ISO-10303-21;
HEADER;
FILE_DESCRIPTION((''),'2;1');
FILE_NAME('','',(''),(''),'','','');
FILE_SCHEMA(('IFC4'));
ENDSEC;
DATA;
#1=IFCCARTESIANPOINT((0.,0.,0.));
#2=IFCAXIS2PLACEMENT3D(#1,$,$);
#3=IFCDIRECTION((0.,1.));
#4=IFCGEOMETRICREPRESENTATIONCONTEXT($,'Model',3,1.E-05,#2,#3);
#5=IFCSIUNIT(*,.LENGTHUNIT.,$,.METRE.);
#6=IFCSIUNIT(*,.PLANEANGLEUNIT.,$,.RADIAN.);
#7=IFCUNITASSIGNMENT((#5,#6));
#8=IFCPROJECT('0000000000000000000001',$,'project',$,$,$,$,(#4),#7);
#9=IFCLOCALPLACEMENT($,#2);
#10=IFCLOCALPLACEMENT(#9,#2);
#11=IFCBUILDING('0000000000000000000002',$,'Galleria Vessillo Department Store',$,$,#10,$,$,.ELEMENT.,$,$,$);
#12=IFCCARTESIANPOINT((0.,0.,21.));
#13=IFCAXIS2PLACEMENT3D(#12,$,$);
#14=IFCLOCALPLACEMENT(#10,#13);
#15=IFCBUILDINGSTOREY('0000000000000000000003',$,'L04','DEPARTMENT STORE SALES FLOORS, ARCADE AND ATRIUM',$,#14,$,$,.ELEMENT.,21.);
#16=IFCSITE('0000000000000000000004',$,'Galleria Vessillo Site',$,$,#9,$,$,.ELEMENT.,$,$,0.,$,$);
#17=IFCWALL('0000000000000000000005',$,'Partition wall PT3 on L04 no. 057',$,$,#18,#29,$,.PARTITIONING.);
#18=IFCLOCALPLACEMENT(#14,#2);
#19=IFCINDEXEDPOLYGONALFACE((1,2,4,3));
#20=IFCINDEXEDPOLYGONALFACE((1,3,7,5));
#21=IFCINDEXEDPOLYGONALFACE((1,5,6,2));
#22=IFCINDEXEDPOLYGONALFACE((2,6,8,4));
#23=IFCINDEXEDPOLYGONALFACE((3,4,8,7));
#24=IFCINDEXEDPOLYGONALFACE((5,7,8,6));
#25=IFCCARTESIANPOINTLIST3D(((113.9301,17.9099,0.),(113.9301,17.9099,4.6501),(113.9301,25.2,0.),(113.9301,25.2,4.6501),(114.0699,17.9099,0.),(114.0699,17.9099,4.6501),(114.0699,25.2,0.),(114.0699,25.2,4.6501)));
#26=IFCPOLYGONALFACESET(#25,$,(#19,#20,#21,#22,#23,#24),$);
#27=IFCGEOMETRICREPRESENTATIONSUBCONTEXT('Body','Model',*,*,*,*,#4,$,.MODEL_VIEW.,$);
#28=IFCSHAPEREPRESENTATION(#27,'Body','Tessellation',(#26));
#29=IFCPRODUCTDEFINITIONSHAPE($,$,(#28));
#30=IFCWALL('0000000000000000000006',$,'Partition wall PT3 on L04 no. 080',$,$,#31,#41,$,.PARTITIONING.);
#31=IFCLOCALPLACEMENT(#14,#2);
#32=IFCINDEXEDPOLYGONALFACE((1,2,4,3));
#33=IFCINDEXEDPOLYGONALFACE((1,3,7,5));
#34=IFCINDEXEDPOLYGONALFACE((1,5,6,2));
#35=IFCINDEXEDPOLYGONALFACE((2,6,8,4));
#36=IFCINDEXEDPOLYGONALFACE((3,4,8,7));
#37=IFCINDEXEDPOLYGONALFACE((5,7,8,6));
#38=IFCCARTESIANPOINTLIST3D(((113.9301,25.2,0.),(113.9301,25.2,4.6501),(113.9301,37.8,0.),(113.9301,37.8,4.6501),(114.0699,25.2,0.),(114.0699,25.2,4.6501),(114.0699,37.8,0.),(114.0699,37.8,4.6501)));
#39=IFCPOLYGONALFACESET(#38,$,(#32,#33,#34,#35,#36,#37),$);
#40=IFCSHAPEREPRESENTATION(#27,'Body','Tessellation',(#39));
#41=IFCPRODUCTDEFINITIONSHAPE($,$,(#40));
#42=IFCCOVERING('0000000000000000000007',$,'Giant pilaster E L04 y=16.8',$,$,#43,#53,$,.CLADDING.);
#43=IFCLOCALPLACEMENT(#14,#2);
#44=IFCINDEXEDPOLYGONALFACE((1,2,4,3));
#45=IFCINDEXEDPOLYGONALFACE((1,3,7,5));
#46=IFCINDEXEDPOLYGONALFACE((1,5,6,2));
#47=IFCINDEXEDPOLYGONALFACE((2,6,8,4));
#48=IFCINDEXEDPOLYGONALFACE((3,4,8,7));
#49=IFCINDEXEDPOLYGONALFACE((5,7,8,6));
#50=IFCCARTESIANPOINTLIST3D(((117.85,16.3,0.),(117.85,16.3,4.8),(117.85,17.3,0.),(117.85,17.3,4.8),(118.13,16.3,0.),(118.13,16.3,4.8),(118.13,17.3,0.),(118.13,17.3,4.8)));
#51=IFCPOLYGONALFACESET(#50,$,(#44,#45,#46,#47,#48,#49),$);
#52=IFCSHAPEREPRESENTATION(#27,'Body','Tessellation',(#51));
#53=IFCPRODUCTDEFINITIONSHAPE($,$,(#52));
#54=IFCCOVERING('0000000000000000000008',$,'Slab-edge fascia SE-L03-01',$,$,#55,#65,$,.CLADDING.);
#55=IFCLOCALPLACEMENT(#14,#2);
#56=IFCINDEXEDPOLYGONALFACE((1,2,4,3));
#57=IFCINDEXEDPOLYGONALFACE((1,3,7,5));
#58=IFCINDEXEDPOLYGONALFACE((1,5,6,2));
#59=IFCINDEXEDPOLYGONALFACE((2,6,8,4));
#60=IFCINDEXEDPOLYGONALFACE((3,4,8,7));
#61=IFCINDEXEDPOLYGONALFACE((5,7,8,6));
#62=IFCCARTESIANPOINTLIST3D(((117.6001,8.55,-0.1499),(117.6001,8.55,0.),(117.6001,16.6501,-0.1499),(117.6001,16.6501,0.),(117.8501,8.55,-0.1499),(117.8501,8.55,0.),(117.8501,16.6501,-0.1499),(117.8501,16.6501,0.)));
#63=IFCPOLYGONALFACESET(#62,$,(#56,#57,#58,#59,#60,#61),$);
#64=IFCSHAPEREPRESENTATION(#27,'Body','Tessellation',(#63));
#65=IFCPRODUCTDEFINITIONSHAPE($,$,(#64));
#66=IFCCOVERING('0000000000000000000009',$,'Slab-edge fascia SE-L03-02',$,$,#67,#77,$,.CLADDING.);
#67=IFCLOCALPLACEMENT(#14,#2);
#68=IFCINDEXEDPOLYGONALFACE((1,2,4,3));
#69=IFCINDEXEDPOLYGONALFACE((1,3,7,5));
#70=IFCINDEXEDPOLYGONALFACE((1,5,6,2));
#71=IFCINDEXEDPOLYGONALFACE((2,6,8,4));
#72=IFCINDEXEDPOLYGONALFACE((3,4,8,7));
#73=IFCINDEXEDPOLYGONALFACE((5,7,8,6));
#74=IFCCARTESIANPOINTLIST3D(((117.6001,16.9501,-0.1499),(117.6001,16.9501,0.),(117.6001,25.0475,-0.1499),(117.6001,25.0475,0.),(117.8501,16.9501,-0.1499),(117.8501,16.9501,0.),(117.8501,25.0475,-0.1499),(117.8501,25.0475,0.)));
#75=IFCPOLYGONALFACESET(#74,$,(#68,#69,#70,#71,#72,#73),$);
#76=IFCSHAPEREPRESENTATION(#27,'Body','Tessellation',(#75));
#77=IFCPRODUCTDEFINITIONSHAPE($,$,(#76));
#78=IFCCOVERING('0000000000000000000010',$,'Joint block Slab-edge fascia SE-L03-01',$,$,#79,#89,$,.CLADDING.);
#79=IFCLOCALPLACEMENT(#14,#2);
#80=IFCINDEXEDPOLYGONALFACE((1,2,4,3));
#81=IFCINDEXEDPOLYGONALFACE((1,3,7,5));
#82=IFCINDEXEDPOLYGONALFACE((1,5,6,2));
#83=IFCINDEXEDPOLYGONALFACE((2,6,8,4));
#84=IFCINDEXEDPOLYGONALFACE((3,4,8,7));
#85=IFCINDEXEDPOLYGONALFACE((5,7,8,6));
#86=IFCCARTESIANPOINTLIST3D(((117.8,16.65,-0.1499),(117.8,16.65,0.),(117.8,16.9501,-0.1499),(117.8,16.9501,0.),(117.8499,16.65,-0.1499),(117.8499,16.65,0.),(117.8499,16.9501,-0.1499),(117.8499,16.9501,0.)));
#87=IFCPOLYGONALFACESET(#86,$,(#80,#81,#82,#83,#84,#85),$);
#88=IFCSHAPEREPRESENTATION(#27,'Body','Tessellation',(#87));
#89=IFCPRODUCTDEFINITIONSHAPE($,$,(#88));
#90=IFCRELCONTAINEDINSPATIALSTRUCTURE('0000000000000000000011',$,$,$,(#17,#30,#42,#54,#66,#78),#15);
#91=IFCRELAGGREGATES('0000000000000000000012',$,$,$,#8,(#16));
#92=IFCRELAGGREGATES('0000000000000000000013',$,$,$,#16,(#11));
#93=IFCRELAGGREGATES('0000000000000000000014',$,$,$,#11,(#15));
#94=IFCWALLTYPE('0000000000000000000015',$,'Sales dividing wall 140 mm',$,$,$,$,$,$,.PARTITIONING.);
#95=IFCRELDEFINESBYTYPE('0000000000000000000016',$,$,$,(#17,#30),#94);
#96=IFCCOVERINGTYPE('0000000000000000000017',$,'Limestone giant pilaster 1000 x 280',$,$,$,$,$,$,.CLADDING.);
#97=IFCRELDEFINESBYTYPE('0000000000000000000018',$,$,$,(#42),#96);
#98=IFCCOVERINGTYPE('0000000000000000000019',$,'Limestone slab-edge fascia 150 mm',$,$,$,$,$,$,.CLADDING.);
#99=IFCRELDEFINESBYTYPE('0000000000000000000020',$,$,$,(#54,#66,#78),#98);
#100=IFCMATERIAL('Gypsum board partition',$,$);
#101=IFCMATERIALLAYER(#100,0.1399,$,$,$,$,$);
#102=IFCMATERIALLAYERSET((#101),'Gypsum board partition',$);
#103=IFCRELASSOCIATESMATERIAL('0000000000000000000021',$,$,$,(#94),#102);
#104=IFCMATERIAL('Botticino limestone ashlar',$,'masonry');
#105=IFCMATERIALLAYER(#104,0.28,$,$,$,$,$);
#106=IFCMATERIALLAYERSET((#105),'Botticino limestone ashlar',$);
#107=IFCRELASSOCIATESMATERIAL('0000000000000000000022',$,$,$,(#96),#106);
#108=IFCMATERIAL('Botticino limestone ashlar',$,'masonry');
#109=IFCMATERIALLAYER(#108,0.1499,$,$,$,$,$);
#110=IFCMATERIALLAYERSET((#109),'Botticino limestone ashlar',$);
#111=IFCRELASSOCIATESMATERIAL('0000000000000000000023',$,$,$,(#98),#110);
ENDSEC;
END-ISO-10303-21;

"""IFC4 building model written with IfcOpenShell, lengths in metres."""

from ifc_helpers import new_model, si_unit, direction, frame, frame_2d, origin, origin_2d, place, context, subcontext, project, spatial, rectangle, extrude, material, layer, layer_set, type_object, element, save


model = new_model("IFC4")

# Units and contexts
model_context = context("Model", 3, precision=1e-05, world=origin(), true_north=direction((0.0, 1.0)))
body_context = subcontext(model_context, "Body", "Model", "MODEL_VIEW")
ifc_project = project(units=[si_unit("LENGTHUNIT", "METRE"), si_unit("PLANEANGLEUNIT", "RADIAN")], contexts=[model_context])

# Site, building, storey
site_placement = place(None, origin())
site = spatial("IfcSite", under=ifc_project, at=site_placement, Name="Galleria Vessillo Site", CompositionType="ELEMENT", RefElevation=0.0)
building_placement = place(site_placement, origin())
building = spatial("IfcBuilding", under=site, at=building_placement, Name="Galleria Vessillo Department Store", CompositionType="ELEMENT")
storey_placement = place(building_placement, frame((0.0, 0.0, 21.0)))
storey = spatial("IfcBuildingStorey", under=building, at=storey_placement, Name="L04", Description="DEPARTMENT STORE SALES FLOORS, ARCADE AND ATRIUM", CompositionType="ELEMENT", Elevation=21.0)

# Walls
ifc_material_1 = material(Name="Gypsum board partition")
ifc_layer_1 = layer(ifc_material_1, 0.1399)
ifc_layer_set_1 = layer_set([ifc_layer_1], Name="Gypsum board partition")
wall_type_1 = type_object("IfcWallType", Name="Sales dividing wall 140 mm", PredefinedType="PARTITIONING", material=ifc_layer_set_1)
wall_1_placement = place(storey_placement, frame((114.0, 17.9099, 0.0), z_axis=(0.0, 0.0, 1.0), x_axis=(0.0, 1.0, 0.0)))
element("IfcWall", 1, at=wall_1_placement, inside=storey, type_object=wall_type_1, Name="Partition wall PT3 on L04 no. 057", PredefinedType="PARTITIONING", context=body_context, shape_type="SweptSolid", body=[
    extrude(rectangle(XDim=7.29, YDim=0.1399, at=frame_2d((3.645, 0.0))), origin(), (0.0, 0.0, 1.0), 4.6501),
])
wall_2_placement = place(storey_placement, frame((114.0, 25.2, 0.0), z_axis=(0.0, 0.0, 1.0), x_axis=(0.0, 1.0, 0.0)))
element("IfcWall", 2, at=wall_2_placement, inside=storey, type_object=wall_type_1, Name="Partition wall PT3 on L04 no. 080", PredefinedType="PARTITIONING", context=body_context, shape_type="SweptSolid", body=[
    extrude(rectangle(XDim=12.6001, YDim=0.1399, at=frame_2d((6.3, 0.0))), origin(), (0.0, 0.0, 1.0), 4.6501),
])

# Coverings
ifc_material_2 = material(Name="Botticino limestone ashlar", Category="masonry")
ifc_layer_2 = layer(ifc_material_2, 0.28)
ifc_layer_set_2 = layer_set([ifc_layer_2], Name="Botticino limestone ashlar")
covering_type_1 = type_object("IfcCoveringType", Name="Limestone giant pilaster 1000 x 280", PredefinedType="CLADDING", material=ifc_layer_set_2)
covering_1_placement = place(storey_placement, frame((117.99, 16.8, 0.0), z_axis=(0.0, 0.0, 1.0), x_axis=(1.0, 0.0, 0.0)))
element("IfcCovering", 3, at=covering_1_placement, inside=storey, type_object=covering_type_1, Name="Giant pilaster E L04 y=16.8", PredefinedType="CLADDING", context=body_context, shape_type="SweptSolid", body=[
    extrude(rectangle(XDim=0.28, YDim=1.0, at=origin_2d()), origin(), (0.0, 0.0, 1.0), 4.8),
])
ifc_material_3 = material(Name="Botticino limestone ashlar", Category="masonry")
ifc_layer_3 = layer(ifc_material_3, 0.1499)
ifc_layer_set_3 = layer_set([ifc_layer_3], Name="Botticino limestone ashlar")
covering_type_2 = type_object("IfcCoveringType", Name="Limestone slab-edge fascia 150 mm", PredefinedType="CLADDING", material=ifc_layer_set_3)
covering_2_placement = place(storey_placement, frame((117.7251, 12.6001, -0.1499), z_axis=(0.0, 0.0, 1.0), x_axis=(1.0, 0.0, 0.0)))
element("IfcCovering", 4, at=covering_2_placement, inside=storey, type_object=covering_type_2, Name="Slab-edge fascia SE-L03-01", PredefinedType="CLADDING", context=body_context, shape_type="SweptSolid", body=[
    extrude(rectangle(XDim=0.25, YDim=8.1001, at=origin_2d()), origin(), (0.0, 0.0, 1.0), 0.1499),
])
covering_3_placement = place(storey_placement, frame((117.7251, 20.9988, -0.1499), z_axis=(0.0, 0.0, 1.0), x_axis=(1.0, 0.0, 0.0)))
element("IfcCovering", 5, at=covering_3_placement, inside=storey, type_object=covering_type_2, Name="Slab-edge fascia SE-L03-02", PredefinedType="CLADDING", context=body_context, shape_type="SweptSolid", body=[
    extrude(rectangle(XDim=0.25, YDim=8.0974, at=origin_2d()), origin(), (0.0, 0.0, 1.0), 0.1499),
])
covering_4_placement = place(storey_placement, frame((117.825, 16.8, -0.1499), z_axis=(0.0, 0.0, 1.0), x_axis=(1.0, 0.0, 0.0)))
element("IfcCovering", 6, at=covering_4_placement, inside=storey, type_object=covering_type_2, Name="Joint block Slab-edge fascia SE-L03-01", PredefinedType="CLADDING", context=body_context, shape_type="SweptSolid", body=[
    extrude(rectangle(XDim=0.0498, YDim=0.3, at=origin_2d()), origin(), (0.0, 0.0, 1.0), 0.1499),
])

save(model, "model.ifc")
